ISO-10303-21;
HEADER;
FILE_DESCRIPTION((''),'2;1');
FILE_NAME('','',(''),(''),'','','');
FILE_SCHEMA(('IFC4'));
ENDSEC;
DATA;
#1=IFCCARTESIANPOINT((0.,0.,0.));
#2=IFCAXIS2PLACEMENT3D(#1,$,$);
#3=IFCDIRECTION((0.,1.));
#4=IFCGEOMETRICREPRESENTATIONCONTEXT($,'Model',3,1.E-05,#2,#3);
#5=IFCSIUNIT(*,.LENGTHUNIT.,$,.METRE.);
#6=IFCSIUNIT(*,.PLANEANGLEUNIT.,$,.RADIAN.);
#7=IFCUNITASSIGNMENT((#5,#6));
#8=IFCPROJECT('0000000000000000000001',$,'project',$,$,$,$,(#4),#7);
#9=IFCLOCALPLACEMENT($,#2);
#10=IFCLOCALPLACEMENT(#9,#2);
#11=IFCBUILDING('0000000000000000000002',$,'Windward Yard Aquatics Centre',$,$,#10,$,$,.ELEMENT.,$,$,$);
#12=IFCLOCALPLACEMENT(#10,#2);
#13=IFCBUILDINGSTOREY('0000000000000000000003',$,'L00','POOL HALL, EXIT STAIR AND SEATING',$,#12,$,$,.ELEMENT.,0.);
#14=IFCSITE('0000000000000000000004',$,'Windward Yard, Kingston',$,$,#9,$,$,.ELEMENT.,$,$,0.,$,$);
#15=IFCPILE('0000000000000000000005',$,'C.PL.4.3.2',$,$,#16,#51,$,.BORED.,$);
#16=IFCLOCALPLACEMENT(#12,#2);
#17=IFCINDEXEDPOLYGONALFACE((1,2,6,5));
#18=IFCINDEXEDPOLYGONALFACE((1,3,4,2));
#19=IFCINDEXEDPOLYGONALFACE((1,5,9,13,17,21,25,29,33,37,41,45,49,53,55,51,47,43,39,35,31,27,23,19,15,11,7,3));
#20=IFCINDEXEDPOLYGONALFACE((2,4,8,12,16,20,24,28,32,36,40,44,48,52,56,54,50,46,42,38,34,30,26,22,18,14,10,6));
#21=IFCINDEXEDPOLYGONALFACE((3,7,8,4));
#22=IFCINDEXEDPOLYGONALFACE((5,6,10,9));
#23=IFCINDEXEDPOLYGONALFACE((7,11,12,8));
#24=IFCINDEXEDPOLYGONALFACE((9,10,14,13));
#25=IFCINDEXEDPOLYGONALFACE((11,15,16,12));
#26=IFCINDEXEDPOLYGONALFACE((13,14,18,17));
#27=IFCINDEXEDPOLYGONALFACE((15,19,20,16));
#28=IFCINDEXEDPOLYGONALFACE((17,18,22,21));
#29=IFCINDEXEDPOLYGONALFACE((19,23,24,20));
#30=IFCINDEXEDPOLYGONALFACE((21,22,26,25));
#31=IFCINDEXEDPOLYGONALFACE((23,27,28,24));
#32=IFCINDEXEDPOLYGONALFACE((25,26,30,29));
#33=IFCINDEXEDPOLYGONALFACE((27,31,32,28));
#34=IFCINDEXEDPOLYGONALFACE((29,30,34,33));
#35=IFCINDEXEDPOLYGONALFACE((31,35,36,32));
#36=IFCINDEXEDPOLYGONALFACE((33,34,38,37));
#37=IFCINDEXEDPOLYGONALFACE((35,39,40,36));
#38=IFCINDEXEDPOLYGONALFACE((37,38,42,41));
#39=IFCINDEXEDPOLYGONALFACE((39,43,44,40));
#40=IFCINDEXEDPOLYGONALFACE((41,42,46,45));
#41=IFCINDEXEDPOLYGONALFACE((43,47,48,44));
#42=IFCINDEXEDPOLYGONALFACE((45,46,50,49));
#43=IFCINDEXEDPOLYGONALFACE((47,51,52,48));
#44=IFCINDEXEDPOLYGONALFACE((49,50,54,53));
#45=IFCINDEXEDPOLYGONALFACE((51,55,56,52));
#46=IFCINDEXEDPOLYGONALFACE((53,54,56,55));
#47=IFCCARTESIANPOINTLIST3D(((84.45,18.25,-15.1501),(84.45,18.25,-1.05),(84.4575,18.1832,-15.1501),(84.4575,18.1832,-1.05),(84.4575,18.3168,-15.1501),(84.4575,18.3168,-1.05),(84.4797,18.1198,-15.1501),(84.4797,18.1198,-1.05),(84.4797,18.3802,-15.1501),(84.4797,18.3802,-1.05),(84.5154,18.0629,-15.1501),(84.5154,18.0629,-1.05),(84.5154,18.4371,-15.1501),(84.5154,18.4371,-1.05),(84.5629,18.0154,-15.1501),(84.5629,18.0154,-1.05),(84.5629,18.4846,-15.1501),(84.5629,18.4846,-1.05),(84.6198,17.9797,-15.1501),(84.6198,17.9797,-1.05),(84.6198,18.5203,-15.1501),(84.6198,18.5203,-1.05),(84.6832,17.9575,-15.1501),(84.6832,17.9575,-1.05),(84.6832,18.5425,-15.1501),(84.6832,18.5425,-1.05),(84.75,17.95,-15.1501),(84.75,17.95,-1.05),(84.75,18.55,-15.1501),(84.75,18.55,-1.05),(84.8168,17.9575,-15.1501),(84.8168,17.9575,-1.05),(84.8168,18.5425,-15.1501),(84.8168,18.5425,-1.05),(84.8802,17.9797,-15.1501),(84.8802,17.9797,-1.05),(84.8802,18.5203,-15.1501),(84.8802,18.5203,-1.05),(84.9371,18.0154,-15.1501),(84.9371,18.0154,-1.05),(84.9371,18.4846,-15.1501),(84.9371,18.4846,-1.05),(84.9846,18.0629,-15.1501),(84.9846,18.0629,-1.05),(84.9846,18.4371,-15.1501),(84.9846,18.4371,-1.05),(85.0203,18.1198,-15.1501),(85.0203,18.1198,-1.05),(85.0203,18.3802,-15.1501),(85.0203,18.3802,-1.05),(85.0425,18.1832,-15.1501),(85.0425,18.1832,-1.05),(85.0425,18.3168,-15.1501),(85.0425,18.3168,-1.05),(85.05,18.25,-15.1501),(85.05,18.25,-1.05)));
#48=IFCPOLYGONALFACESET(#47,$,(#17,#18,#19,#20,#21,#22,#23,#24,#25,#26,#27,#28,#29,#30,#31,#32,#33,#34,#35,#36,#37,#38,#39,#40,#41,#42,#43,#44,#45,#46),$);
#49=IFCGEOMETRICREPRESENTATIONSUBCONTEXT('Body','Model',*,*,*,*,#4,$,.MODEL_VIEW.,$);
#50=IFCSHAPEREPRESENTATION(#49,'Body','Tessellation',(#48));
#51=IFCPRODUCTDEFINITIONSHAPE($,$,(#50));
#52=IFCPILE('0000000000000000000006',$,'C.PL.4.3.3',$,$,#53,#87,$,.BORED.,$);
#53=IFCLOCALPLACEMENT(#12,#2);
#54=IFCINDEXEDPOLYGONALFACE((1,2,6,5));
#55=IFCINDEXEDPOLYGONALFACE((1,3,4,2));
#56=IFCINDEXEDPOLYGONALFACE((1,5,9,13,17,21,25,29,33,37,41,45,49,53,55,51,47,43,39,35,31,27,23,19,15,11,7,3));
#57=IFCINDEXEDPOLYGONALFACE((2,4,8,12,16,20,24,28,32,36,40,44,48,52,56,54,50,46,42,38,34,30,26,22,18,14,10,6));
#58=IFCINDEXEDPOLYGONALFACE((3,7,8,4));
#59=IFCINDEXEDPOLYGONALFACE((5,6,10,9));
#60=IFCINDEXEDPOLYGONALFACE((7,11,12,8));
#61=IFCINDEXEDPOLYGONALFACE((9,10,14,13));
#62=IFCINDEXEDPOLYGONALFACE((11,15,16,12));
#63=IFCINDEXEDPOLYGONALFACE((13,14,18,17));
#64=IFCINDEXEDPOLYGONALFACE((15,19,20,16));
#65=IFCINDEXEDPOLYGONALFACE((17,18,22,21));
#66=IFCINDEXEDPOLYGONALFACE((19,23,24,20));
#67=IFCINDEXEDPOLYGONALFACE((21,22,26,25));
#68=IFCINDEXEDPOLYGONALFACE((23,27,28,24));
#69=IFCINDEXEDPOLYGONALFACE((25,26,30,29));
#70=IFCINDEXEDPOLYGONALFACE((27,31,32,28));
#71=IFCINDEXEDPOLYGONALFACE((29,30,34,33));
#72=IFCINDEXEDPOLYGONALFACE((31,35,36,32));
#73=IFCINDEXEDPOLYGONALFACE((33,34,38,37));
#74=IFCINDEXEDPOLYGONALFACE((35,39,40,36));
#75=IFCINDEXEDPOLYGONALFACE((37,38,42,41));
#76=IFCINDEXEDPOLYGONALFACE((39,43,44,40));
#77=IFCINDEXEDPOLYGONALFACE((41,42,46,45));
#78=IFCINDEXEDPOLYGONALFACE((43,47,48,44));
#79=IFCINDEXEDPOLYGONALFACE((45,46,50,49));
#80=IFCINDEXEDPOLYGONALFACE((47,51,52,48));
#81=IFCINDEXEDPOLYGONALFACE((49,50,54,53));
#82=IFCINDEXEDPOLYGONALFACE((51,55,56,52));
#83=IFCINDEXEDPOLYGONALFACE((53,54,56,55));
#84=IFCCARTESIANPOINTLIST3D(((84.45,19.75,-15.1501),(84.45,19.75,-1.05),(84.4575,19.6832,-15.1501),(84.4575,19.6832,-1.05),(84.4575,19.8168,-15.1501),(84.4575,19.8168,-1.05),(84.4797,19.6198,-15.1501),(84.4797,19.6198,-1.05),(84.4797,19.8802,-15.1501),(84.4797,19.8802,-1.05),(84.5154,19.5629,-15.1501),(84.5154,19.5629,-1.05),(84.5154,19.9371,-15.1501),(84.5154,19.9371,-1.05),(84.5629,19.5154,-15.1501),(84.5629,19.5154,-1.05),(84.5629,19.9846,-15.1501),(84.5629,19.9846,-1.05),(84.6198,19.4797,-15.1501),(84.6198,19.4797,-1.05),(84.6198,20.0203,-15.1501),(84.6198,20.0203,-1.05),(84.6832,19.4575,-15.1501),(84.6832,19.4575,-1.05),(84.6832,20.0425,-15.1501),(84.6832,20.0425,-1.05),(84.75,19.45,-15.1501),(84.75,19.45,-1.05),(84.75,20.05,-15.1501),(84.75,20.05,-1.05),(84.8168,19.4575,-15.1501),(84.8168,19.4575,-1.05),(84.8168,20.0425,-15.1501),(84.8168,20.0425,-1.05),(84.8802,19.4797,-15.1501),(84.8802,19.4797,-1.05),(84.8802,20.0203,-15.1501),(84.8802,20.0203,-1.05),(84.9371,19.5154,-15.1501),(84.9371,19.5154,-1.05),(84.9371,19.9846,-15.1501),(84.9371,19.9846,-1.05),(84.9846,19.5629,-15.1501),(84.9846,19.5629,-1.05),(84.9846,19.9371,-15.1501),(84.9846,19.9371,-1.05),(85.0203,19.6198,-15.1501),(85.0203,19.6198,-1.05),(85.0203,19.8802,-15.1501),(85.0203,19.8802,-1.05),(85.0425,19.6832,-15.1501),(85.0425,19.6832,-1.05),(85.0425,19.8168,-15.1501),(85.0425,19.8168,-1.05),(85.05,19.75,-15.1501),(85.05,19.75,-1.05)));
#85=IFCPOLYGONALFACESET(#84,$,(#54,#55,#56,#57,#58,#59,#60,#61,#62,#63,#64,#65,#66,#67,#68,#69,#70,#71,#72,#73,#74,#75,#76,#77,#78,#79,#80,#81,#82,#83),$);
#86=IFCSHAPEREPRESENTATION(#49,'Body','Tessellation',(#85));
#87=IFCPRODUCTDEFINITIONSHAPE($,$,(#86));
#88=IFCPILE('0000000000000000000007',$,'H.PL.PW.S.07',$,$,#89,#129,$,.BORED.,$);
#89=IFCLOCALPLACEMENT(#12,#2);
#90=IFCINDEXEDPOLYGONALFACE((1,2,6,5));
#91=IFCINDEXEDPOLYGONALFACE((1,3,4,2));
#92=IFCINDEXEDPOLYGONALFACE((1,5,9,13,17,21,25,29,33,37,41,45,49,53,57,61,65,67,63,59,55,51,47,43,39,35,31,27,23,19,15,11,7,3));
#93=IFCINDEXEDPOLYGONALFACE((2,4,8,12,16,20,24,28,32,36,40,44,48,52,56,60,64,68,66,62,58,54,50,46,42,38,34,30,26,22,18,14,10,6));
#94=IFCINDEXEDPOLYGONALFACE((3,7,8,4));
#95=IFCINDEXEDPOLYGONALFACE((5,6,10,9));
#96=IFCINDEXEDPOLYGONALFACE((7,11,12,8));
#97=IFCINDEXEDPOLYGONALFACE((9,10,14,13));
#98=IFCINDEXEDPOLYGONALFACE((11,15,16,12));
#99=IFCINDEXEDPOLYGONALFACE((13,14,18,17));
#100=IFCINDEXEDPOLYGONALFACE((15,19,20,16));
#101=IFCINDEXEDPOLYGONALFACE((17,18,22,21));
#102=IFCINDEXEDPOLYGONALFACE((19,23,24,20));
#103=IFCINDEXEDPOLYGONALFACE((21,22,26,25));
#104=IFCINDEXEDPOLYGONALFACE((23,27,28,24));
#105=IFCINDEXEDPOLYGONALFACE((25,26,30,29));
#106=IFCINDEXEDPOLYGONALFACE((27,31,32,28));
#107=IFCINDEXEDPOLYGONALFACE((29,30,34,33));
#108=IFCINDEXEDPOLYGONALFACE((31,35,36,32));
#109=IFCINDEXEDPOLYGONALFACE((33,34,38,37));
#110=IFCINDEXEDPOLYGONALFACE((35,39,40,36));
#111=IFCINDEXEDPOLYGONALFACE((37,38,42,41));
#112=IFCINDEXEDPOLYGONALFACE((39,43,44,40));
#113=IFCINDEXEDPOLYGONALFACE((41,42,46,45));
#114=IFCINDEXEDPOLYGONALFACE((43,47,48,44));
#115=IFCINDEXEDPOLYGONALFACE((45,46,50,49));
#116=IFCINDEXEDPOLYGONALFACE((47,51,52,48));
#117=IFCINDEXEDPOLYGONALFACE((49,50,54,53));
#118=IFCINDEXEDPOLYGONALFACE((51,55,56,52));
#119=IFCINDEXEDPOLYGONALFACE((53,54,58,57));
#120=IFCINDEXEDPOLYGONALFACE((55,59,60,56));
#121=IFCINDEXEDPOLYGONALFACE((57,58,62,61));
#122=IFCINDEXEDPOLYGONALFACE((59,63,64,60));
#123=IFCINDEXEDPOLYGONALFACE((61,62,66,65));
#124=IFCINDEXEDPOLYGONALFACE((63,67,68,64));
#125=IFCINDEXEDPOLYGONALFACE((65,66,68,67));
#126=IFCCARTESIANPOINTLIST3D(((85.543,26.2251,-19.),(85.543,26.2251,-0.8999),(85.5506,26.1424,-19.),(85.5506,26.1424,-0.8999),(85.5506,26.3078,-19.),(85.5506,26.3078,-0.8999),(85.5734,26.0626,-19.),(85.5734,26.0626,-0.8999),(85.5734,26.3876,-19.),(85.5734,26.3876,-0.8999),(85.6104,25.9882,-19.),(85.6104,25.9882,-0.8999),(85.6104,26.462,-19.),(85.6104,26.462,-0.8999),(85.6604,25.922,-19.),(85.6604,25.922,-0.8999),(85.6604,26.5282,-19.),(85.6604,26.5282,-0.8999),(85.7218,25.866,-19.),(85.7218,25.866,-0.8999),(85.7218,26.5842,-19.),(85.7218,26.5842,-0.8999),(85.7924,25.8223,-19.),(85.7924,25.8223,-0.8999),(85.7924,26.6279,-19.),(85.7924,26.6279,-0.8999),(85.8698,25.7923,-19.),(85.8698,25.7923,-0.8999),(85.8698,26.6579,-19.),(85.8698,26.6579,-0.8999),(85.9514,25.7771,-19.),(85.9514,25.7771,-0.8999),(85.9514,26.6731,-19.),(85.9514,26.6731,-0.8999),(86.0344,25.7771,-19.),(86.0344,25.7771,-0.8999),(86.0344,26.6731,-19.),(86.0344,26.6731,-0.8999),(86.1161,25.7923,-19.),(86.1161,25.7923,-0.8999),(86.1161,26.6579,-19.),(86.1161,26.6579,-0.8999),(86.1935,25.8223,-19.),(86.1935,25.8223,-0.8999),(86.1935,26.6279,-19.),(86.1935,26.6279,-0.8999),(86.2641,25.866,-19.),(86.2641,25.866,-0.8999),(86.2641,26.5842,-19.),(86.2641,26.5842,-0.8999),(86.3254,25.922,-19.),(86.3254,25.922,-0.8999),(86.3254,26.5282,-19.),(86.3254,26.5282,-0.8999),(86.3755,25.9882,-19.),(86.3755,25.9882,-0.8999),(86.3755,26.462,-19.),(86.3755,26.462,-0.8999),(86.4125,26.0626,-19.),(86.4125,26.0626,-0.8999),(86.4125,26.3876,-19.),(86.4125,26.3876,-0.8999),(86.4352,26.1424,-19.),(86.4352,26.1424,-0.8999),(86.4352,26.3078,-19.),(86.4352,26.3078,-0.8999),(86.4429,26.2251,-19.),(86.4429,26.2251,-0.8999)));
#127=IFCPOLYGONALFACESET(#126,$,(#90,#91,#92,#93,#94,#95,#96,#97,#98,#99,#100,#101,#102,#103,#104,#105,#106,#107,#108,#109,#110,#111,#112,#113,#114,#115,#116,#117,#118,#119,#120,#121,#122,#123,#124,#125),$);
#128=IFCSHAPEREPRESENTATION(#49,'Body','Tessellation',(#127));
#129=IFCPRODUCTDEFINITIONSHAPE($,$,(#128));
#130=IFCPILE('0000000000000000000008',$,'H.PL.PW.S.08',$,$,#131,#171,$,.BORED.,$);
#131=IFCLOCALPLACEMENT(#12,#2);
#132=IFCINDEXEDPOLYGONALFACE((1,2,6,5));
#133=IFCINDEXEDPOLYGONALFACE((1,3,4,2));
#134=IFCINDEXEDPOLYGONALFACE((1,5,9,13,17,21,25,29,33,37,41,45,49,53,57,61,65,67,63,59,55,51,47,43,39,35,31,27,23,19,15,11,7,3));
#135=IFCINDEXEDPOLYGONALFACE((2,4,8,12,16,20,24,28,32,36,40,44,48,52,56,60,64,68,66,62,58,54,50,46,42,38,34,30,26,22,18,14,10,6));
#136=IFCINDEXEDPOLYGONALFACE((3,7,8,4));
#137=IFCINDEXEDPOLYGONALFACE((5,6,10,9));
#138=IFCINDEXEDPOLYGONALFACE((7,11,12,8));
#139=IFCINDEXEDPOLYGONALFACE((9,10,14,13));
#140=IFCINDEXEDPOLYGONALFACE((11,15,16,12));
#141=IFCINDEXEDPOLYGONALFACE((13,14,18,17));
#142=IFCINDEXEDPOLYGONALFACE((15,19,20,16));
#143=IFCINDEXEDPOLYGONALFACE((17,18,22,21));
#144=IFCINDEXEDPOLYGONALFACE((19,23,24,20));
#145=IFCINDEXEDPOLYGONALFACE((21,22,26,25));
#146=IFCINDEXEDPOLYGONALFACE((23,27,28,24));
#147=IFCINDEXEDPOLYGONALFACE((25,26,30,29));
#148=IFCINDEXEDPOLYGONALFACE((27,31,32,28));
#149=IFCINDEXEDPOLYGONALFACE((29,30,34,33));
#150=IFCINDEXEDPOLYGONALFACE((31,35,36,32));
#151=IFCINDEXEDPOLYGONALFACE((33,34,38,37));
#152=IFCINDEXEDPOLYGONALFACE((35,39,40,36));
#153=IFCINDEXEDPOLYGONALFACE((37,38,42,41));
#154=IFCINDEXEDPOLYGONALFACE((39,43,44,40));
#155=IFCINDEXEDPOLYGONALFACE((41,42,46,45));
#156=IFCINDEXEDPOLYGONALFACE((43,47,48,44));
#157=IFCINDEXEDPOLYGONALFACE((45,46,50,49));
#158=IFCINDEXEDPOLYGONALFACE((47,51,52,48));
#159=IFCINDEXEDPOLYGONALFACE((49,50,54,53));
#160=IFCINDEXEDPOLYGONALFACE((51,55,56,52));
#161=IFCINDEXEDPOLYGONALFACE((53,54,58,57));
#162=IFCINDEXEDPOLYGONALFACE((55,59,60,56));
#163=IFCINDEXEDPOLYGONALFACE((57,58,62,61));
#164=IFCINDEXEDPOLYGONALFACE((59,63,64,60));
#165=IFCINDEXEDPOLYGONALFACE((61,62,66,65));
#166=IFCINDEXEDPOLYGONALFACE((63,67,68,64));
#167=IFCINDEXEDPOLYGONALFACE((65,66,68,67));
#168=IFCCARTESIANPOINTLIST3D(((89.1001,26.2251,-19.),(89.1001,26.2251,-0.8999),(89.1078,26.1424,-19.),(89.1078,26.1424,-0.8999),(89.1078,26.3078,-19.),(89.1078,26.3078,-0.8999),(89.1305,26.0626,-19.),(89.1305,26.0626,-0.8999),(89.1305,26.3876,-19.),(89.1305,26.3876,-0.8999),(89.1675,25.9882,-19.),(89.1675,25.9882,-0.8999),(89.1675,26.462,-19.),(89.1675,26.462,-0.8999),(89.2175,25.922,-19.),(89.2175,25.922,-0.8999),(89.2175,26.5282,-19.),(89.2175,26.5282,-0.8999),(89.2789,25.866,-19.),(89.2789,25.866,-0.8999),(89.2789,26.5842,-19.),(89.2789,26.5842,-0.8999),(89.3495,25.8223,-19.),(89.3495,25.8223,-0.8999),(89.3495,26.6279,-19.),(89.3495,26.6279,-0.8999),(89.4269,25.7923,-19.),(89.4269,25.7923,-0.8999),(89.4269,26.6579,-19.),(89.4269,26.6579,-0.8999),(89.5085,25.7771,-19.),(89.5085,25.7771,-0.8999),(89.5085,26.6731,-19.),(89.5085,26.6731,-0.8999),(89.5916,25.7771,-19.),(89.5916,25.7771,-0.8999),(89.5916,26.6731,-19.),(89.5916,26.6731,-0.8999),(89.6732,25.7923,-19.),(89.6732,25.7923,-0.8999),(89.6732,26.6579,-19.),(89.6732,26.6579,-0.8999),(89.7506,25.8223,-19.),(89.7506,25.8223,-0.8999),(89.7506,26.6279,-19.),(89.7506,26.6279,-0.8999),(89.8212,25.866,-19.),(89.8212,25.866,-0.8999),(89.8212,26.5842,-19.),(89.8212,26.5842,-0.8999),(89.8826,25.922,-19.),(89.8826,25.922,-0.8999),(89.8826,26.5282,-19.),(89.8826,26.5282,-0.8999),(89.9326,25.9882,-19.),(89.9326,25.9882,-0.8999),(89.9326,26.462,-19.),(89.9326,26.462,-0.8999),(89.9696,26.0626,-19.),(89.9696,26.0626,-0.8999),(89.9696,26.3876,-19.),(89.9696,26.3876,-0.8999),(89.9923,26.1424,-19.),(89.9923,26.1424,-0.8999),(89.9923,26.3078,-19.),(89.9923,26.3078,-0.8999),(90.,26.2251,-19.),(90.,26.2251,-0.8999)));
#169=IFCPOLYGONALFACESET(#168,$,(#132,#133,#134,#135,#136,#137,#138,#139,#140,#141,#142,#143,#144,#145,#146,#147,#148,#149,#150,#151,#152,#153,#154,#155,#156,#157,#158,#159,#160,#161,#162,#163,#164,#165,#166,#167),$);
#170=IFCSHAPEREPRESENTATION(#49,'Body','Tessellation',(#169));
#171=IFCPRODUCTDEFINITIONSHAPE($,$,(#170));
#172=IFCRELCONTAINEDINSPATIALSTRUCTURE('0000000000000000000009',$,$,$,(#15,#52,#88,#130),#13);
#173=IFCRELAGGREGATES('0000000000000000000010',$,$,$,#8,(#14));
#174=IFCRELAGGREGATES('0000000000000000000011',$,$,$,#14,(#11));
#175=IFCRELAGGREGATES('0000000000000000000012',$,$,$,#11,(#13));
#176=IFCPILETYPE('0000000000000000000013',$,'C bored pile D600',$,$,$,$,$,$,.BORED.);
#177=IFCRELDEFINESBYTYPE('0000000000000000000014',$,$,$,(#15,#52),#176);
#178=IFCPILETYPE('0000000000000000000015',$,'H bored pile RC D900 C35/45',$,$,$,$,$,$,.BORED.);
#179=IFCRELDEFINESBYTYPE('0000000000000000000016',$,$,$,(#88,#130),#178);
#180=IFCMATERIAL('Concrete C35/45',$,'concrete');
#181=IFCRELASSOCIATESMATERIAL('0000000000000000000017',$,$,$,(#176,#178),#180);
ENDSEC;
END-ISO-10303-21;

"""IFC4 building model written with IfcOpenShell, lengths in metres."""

from ifc_helpers import new_model, si_unit, direction, frame, origin, origin_2d, place, context, subcontext, project, spatial, circle, extrude, material, material_profile, profile_set, type_object, element, save


model = new_model("IFC4")

# Units and contexts
model_context = context("Model", 3, precision=1e-05, world=origin(), true_north=direction((0.0, 1.0)))
body_context = subcontext(model_context, "Body", "Model", "MODEL_VIEW")
ifc_project = project(units=[si_unit("LENGTHUNIT", "METRE"), si_unit("PLANEANGLEUNIT", "RADIAN")], contexts=[model_context])

# Site, building, storey
site_placement = place(None, origin())
site = spatial("IfcSite", under=ifc_project, at=site_placement, Name="Windward Yard, Kingston", CompositionType="ELEMENT", RefElevation=0.0)
building_placement = place(site_placement, origin())
building = spatial("IfcBuilding", under=site, at=building_placement, Name="Windward Yard Aquatics Centre", CompositionType="ELEMENT")
storey_placement = place(building_placement, origin())
storey = spatial("IfcBuildingStorey", under=building, at=storey_placement, Name="L00", Description="POOL HALL, EXIT STAIR AND SEATING", CompositionType="ELEMENT", Elevation=0.0)

# Piles
ifc_material_1 = material(Name="Concrete C35/45", Category="concrete")
ifc_material_profile_1 = material_profile(ifc_material_1, circle(Radius=0.3, at=origin_2d()), Name="RC D600")
ifc_profile_set_1 = profile_set([ifc_material_profile_1], Name="Concrete C35/45")
pile_type_1 = type_object("IfcPileType", Name="C bored pile D600", PredefinedType="BORED", material=ifc_profile_set_1)
for number, where, z_axis, x_axis, name in (
    (1, (84.75, 18.25, -1.05), (0.0, 0.0, -1.0), (1.0, 0.0, 0.0), "C.PL.4.3.2"),
    (2, (84.75, 19.75, -1.05), (0.0, 0.0, -1.0), (1.0, 0.0, 0.0), "C.PL.4.3.3"),
):
    element("IfcPile", number, at=place(storey_placement, frame(where, z_axis=z_axis, x_axis=x_axis)), inside=storey, type_object=pile_type_1, Name=name, PredefinedType="BORED", context=body_context, shape_type="SweptSolid", body=[
        extrude(circle(Radius=0.3, at=origin_2d()), origin(), (0.0, 0.0, 1.0), 14.1001),
    ])
ifc_material_profile_2 = material_profile(ifc_material_1, circle(Radius=0.45, at=origin_2d()), Name="RC D900")
ifc_profile_set_2 = profile_set([ifc_material_profile_2], Name="Concrete C35/45")
pile_type_2 = type_object("IfcPileType", Name="H bored pile RC D900 C35/45", PredefinedType="BORED", material=ifc_profile_set_2)
for number, where, z_axis, x_axis, name in (
    (3, (85.9929, 26.2251, -0.8999), (0.0, 0.0, -1.0), (1.0, 0.0, 0.0), "H.PL.PW.S.07"),
    (4, (89.55, 26.2251, -0.8999), (0.0, 0.0, -1.0), (1.0, 0.0, 0.0), "H.PL.PW.S.08"),
):
    element("IfcPile", number, at=place(storey_placement, frame(where, z_axis=z_axis, x_axis=x_axis)), inside=storey, type_object=pile_type_2, Name=name, PredefinedType="BORED", context=body_context, shape_type="SweptSolid", body=[
        extrude(circle(Radius=0.45, at=origin_2d()), origin(), (0.0, 0.0, 1.0), 18.1001),
    ])

save(model, "model.ifc")
